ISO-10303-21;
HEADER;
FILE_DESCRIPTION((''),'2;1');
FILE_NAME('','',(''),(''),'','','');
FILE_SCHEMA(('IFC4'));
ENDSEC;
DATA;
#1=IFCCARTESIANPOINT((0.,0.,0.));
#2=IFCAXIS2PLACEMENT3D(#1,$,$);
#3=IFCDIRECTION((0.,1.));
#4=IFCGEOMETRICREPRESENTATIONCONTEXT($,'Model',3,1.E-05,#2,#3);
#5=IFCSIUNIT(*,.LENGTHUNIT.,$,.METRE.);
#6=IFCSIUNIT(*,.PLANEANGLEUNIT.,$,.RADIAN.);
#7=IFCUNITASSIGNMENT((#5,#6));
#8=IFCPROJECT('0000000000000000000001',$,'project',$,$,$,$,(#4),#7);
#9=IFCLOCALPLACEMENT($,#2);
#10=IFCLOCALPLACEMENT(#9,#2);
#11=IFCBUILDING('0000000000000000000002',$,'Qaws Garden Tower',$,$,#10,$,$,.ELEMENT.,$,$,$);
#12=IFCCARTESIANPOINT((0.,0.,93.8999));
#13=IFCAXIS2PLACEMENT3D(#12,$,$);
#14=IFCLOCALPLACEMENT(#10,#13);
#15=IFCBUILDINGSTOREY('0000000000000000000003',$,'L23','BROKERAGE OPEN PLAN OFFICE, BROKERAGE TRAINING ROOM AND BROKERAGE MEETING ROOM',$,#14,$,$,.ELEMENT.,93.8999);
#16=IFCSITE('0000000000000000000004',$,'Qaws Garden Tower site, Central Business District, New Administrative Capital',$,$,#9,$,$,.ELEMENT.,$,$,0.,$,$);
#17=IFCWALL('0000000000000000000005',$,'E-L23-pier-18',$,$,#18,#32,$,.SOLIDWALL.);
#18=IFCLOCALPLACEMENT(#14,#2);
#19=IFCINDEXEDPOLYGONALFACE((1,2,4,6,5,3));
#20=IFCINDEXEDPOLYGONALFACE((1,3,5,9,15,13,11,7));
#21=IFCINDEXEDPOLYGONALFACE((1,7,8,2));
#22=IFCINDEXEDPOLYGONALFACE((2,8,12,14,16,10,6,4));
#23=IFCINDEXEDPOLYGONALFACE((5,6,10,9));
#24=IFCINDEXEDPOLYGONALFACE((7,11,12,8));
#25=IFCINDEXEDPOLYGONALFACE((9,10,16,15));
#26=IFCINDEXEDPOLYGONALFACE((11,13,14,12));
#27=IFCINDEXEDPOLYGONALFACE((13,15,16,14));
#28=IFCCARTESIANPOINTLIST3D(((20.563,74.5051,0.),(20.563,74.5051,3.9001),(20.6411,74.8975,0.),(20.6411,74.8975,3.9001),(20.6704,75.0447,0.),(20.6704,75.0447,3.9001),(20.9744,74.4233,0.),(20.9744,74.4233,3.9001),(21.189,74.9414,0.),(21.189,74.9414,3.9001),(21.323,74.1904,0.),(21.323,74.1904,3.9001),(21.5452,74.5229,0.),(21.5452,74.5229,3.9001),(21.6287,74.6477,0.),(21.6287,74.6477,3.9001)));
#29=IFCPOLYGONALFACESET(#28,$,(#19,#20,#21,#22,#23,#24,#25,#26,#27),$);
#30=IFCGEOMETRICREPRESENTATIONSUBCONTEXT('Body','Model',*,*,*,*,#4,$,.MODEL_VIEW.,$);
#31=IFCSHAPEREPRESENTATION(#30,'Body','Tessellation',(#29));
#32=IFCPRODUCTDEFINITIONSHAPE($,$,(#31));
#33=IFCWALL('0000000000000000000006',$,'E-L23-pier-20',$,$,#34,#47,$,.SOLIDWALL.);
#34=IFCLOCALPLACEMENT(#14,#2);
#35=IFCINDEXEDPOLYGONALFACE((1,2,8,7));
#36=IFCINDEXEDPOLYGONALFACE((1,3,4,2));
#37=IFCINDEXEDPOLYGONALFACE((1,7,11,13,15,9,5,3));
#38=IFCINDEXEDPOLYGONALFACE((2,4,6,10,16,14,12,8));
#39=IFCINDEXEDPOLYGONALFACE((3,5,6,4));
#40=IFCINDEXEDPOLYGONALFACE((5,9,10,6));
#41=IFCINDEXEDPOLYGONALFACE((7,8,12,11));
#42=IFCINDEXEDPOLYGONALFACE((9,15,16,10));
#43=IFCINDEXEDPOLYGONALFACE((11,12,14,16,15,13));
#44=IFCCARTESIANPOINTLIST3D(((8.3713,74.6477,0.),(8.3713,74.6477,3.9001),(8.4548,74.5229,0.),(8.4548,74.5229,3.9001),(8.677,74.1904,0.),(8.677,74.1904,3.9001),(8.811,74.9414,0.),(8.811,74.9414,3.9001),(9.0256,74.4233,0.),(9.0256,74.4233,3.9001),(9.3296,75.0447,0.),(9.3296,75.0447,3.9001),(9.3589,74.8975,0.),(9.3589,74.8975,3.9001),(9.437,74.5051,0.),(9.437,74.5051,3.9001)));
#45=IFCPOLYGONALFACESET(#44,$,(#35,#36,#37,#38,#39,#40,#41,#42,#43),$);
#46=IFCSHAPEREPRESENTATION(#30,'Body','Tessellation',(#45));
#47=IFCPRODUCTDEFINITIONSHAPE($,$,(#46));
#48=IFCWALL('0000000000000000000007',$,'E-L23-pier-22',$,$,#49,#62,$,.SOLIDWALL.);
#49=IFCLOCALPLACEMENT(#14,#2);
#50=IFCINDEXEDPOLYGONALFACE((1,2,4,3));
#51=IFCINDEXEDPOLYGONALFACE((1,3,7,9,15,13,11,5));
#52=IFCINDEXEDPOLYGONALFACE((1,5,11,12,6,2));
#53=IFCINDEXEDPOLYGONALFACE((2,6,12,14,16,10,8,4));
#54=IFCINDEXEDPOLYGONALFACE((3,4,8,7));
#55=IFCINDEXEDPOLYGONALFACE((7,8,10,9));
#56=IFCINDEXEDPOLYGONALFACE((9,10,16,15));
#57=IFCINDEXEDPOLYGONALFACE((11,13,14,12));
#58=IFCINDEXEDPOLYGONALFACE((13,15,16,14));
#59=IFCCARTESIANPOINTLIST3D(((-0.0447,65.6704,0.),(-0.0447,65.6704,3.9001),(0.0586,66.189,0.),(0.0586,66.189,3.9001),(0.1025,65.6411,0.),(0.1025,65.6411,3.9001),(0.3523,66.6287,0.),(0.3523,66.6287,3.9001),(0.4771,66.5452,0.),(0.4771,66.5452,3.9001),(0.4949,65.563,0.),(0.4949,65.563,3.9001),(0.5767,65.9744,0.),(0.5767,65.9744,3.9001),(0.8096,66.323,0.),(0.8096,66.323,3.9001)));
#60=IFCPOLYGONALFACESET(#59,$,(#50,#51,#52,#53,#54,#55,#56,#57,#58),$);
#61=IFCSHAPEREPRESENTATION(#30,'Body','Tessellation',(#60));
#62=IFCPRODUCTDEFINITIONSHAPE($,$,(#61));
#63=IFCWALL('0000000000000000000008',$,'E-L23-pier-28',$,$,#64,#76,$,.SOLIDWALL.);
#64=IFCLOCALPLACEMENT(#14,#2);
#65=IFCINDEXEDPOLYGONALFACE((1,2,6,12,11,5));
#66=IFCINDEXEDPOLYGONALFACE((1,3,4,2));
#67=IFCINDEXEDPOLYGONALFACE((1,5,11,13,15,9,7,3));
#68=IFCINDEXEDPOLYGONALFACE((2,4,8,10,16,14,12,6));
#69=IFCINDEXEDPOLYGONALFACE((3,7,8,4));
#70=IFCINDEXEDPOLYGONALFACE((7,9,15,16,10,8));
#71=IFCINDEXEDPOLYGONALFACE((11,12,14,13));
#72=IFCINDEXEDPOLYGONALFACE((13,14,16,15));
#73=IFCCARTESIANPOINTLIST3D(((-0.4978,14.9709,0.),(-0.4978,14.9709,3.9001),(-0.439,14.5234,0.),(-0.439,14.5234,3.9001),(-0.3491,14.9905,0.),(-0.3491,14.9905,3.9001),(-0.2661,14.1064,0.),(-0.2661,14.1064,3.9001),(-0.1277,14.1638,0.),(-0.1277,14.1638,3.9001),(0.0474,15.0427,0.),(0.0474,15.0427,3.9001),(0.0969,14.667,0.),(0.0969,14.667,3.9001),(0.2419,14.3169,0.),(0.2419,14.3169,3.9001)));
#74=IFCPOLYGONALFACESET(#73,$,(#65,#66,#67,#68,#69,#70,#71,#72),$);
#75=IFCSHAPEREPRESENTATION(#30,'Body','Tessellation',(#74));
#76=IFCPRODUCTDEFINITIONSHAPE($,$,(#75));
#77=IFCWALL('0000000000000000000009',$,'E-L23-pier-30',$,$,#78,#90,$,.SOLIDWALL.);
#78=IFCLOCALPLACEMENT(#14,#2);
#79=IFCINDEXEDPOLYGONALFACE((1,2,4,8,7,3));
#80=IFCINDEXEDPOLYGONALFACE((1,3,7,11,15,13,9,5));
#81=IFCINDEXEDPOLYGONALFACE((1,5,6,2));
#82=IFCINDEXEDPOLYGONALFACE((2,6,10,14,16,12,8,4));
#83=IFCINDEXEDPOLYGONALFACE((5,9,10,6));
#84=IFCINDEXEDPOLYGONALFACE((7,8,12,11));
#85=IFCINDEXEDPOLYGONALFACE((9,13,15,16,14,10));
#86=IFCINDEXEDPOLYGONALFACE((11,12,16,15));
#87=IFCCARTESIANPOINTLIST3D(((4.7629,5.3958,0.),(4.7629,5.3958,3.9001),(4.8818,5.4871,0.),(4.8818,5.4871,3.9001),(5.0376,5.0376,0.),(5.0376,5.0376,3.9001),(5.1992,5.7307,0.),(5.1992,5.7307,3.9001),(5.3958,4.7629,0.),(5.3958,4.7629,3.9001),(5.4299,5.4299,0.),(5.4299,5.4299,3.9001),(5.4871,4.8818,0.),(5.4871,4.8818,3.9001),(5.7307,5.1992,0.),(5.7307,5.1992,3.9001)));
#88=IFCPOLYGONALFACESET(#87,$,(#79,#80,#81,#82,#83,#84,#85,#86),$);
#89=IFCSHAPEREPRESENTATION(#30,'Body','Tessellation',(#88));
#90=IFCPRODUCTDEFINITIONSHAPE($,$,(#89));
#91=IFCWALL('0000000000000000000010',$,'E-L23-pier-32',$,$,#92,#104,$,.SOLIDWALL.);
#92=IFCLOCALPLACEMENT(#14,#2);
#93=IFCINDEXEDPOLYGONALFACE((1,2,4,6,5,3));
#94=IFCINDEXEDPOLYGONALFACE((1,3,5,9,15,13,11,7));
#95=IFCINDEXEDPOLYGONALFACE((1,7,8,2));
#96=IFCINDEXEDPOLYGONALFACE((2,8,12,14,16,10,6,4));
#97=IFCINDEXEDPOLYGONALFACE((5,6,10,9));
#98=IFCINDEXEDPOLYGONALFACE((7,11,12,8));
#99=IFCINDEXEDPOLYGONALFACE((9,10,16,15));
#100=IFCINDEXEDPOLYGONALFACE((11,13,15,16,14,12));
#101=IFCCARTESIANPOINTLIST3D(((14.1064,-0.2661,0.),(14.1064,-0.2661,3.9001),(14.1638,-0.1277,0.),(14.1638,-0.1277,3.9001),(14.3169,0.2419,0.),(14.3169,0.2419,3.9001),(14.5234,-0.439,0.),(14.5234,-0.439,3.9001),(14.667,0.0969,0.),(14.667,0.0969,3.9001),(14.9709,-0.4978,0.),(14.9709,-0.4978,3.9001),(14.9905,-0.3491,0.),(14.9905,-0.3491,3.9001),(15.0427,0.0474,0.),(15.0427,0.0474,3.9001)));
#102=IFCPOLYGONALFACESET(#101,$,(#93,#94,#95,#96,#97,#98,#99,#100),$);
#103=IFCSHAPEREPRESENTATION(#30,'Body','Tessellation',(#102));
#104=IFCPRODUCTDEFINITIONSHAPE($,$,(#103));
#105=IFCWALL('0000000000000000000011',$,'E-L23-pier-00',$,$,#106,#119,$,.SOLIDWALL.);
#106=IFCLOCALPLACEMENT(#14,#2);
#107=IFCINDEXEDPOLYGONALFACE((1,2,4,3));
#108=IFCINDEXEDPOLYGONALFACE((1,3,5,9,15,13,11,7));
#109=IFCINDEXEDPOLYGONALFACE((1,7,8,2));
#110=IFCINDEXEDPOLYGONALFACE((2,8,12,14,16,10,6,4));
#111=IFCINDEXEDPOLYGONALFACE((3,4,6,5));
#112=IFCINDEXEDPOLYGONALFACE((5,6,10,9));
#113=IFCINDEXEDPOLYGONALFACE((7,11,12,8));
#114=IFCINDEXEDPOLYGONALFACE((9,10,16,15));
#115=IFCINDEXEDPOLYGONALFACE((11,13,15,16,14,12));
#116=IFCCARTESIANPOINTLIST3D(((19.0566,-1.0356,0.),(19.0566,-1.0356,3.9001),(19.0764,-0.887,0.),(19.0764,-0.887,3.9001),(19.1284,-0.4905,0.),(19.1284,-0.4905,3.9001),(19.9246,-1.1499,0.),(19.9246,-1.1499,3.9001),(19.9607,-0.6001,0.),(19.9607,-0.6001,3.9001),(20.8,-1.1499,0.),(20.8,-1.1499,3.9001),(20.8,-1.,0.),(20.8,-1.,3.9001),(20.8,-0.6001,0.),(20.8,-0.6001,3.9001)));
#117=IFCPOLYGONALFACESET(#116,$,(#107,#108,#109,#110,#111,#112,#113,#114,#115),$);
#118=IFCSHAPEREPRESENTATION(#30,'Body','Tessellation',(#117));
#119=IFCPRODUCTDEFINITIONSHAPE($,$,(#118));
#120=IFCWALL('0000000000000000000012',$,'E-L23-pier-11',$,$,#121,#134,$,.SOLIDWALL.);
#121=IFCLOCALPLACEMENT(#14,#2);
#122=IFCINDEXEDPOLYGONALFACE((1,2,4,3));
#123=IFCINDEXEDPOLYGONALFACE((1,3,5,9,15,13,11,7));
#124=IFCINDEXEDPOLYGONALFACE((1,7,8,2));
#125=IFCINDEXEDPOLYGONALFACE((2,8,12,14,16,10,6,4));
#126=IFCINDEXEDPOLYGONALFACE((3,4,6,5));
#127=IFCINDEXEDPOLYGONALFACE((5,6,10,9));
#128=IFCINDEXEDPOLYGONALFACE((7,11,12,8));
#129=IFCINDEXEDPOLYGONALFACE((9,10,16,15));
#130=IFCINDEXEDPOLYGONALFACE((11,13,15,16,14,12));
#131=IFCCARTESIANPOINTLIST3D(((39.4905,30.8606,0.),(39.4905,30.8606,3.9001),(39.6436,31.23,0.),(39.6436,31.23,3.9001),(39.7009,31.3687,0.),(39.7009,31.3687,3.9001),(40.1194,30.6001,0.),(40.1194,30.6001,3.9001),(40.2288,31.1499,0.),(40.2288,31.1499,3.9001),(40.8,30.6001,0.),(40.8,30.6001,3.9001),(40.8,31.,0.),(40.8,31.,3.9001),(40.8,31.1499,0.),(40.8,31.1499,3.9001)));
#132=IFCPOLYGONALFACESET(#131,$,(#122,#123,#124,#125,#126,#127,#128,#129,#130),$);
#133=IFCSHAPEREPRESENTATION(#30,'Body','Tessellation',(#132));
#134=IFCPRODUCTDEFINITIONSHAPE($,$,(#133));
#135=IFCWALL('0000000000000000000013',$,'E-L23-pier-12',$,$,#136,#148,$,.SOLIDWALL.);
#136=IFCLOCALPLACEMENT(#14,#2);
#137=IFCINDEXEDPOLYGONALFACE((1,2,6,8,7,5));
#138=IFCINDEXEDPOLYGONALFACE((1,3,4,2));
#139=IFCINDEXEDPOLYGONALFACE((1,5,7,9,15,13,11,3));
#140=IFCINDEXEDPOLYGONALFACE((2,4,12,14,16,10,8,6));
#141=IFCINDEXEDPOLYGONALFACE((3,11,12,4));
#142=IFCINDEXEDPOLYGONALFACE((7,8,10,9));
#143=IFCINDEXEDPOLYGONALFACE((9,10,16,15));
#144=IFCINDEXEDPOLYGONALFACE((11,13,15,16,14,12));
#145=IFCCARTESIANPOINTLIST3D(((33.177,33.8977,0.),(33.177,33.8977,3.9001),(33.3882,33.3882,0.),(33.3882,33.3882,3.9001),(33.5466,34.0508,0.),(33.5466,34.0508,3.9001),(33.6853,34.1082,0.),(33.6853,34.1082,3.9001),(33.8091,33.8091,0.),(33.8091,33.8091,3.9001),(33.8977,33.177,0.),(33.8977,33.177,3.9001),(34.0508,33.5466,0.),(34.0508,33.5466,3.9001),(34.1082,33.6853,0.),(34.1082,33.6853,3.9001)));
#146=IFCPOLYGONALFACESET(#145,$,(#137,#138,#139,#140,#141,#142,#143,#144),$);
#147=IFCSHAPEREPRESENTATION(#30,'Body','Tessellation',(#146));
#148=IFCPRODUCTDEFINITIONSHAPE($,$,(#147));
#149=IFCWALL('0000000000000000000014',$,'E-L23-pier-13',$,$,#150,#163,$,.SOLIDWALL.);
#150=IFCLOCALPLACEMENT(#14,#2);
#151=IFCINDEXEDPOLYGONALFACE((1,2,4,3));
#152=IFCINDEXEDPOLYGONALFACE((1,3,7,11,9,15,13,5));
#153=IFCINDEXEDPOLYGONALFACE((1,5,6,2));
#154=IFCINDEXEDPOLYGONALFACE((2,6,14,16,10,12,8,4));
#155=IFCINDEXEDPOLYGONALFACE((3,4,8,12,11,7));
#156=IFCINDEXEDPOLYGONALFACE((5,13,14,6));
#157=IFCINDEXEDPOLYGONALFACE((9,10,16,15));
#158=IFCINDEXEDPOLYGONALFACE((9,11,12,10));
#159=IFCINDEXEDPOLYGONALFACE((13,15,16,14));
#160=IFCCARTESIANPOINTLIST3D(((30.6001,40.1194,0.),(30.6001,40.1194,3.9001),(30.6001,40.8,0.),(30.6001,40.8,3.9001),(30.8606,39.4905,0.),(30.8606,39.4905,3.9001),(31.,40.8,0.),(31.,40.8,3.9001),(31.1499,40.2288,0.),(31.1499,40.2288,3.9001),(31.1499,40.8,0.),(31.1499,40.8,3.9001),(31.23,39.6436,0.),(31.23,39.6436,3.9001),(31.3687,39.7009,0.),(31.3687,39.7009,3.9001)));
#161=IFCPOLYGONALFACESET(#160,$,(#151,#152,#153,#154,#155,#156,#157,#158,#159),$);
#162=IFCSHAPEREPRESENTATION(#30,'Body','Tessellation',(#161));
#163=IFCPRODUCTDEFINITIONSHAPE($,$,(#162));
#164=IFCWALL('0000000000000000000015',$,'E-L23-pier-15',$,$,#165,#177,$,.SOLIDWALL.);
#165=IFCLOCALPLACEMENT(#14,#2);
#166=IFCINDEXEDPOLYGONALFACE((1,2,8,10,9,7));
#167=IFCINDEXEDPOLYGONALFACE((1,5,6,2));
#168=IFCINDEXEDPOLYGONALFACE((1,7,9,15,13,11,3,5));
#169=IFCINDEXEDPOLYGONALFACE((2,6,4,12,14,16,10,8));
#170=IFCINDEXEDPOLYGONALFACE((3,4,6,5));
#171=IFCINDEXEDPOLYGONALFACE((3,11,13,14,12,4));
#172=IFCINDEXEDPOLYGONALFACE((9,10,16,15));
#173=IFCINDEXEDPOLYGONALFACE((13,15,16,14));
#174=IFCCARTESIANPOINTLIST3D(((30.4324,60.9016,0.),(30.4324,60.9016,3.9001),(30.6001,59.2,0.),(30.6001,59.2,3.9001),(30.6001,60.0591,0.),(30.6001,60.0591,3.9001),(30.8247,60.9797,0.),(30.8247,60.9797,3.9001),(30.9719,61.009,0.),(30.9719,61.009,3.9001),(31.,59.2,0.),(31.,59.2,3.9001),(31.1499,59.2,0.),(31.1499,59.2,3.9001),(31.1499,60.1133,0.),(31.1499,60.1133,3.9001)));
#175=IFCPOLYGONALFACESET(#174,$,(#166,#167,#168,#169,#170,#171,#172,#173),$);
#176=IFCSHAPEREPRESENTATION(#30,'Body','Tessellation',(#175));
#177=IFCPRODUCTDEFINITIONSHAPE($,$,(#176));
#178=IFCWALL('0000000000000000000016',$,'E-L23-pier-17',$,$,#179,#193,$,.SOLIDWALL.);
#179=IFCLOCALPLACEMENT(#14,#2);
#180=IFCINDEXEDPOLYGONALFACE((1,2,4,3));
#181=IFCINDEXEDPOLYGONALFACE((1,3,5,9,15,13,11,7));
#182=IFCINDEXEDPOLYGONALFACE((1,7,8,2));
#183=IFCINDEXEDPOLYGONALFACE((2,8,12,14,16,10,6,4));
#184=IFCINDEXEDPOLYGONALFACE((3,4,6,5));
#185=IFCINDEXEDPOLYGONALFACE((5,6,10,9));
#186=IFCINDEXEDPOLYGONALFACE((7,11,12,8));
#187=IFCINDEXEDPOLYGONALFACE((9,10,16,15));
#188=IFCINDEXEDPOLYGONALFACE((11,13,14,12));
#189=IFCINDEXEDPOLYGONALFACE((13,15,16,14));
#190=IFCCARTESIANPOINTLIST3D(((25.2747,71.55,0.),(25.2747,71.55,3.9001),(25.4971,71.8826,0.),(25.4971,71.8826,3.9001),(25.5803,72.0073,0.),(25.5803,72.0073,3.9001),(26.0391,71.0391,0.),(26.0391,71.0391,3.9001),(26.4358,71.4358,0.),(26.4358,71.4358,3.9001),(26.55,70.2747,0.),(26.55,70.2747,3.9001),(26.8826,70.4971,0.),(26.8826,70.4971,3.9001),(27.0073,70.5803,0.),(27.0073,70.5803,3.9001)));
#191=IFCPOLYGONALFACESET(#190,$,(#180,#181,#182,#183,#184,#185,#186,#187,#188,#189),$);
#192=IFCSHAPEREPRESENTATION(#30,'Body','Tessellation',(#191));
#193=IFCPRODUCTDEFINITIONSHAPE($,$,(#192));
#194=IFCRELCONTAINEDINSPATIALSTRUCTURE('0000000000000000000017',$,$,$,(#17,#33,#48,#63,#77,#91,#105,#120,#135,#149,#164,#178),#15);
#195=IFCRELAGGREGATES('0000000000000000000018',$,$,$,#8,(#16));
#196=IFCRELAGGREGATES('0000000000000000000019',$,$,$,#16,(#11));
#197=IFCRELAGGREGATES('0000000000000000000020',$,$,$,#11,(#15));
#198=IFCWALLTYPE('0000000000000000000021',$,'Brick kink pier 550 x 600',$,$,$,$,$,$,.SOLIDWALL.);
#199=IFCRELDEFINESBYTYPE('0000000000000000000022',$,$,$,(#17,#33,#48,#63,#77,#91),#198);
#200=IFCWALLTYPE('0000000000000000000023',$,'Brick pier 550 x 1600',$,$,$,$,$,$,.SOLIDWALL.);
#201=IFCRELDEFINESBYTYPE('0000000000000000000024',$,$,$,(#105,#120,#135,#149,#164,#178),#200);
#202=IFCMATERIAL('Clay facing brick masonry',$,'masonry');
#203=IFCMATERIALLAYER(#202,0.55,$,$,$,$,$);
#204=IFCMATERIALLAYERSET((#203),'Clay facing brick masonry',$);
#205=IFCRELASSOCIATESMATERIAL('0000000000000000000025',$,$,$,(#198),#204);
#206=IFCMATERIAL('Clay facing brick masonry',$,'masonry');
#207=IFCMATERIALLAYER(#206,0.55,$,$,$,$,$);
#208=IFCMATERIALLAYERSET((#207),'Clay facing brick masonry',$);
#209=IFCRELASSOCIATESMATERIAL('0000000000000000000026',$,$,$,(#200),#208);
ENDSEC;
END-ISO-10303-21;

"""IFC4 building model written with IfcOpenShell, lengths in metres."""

from ifc_helpers import new_model, si_unit, direction, frame, origin, place, context, subcontext, project, spatial, polyline, outline, extrude, material, layer, layer_set, type_object, element, save


model = new_model("IFC4")

# Units and contexts
model_context = context("Model", 3, precision=1e-05, world=origin(), true_north=direction((0.0, 1.0)))
body_context = subcontext(model_context, "Body", "Model", "MODEL_VIEW")
ifc_project = project(units=[si_unit("LENGTHUNIT", "METRE"), si_unit("PLANEANGLEUNIT", "RADIAN")], contexts=[model_context])

# Site, building, storey
site_placement = place(None, origin())
site = spatial("IfcSite", under=ifc_project, at=site_placement, Name="Qaws Garden Tower site, Central Business District, New Administrative Capital", CompositionType="ELEMENT", RefElevation=0.0)
building_placement = place(site_placement, origin())
building = spatial("IfcBuilding", under=site, at=building_placement, Name="Qaws Garden Tower", CompositionType="ELEMENT")
storey_placement = place(building_placement, frame((0.0, 0.0, 93.8999)))
storey = spatial("IfcBuildingStorey", under=building, at=storey_placement, Name="L23", Description="BROKERAGE OPEN PLAN OFFICE, BROKERAGE TRAINING ROOM AND BROKERAGE MEETING ROOM", CompositionType="ELEMENT", Elevation=93.8999)

# Walls
placement = place(storey_placement, origin())
ifc_material_1 = material(Name="Clay facing brick masonry", Category="masonry")
ifc_layer_1 = layer(ifc_material_1, 0.55)
ifc_layer_set_1 = layer_set([ifc_layer_1], Name="Clay facing brick masonry")
wall_type_1 = type_object("IfcWallType", Name="Brick kink pier 550 x 600", PredefinedType="SOLIDWALL", material=ifc_layer_set_1)
element("IfcWall", 1, at=placement, inside=storey, type_object=wall_type_1, Name="E-L23-pier-18", PredefinedType="SOLIDWALL", context=body_context, shape_type="SweptSolid", body=[
    extrude(outline(polyline([(21.5452, 74.5229), (21.6287, 74.6477), (21.189, 74.9414), (20.6704, 75.0447), (20.6411, 74.8975), (20.563, 74.5051), (20.9744, 74.4233), (21.323, 74.1904), (21.5452, 74.5229)])), origin(), (0.0, 0.0, 1.0), 3.9001),
])
element("IfcWall", 2, at=placement, inside=storey, type_object=wall_type_1, Name="E-L23-pier-20", PredefinedType="SOLIDWALL", context=body_context, shape_type="SweptSolid", body=[
    extrude(outline(polyline([(9.3589, 74.8975), (9.3296, 75.0447), (8.811, 74.9414), (8.3713, 74.6477), (8.4548, 74.5229), (8.677, 74.1904), (9.0256, 74.4233), (9.437, 74.5051), (9.3589, 74.8975)])), origin(), (0.0, 0.0, 1.0), 3.9001),
])
element("IfcWall", 3, at=placement, inside=storey, type_object=wall_type_1, Name="E-L23-pier-22", PredefinedType="SOLIDWALL", context=body_context, shape_type="SweptSolid", body=[
    extrude(outline(polyline([(0.4771, 66.5452), (0.3523, 66.6287), (0.0586, 66.189), (-0.0447, 65.6704), (0.1025, 65.6411), (0.4949, 65.563), (0.5767, 65.9744), (0.8096, 66.323), (0.4771, 66.5452)])), origin(), (0.0, 0.0, 1.0), 3.9001),
])
element("IfcWall", 4, at=placement, inside=storey, type_object=wall_type_1, Name="E-L23-pier-28", PredefinedType="SOLIDWALL", context=body_context, shape_type="SweptSolid", body=[
    extrude(outline(polyline([(-0.3491, 14.9905), (-0.4978, 14.9709), (-0.439, 14.5234), (-0.2661, 14.1064), (-0.1277, 14.1638), (0.2419, 14.3169), (0.0969, 14.667), (0.0474, 15.0427), (-0.3491, 14.9905)])), origin(), (0.0, 0.0, 1.0), 3.9001),
])
element("IfcWall", 5, at=placement, inside=storey, type_object=wall_type_1, Name="E-L23-pier-30", PredefinedType="SOLIDWALL", context=body_context, shape_type="SweptSolid", body=[
    extrude(outline(polyline([(4.8818, 5.4871), (4.7629, 5.3958), (5.0376, 5.0376), (5.3958, 4.7629), (5.4871, 4.8818), (5.7307, 5.1992), (5.4299, 5.4299), (5.1992, 5.7307), (4.8818, 5.4871)])), origin(), (0.0, 0.0, 1.0), 3.9001),
])
element("IfcWall", 6, at=placement, inside=storey, type_object=wall_type_1, Name="E-L23-pier-32", PredefinedType="SOLIDWALL", context=body_context, shape_type="SweptSolid", body=[
    extrude(outline(polyline([(14.1638, -0.1277), (14.1064, -0.2661), (14.5234, -0.439), (14.9709, -0.4978), (14.9905, -0.3491), (15.0427, 0.0474), (14.667, 0.0969), (14.3169, 0.2419), (14.1638, -0.1277)])), origin(), (0.0, 0.0, 1.0), 3.9001),
])
ifc_material_2 = material(Name="Clay facing brick masonry", Category="masonry")
ifc_layer_2 = layer(ifc_material_2, 0.55)
ifc_layer_set_2 = layer_set([ifc_layer_2], Name="Clay facing brick masonry")
wall_type_2 = type_object("IfcWallType", Name="Brick pier 550 x 1600", PredefinedType="SOLIDWALL", material=ifc_layer_set_2)
element("IfcWall", 7, at=placement, inside=storey, type_object=wall_type_2, Name="E-L23-pier-00", PredefinedType="SOLIDWALL", context=body_context, shape_type="SweptSolid", body=[
    extrude(outline(polyline([(19.0764, -0.887), (19.0566, -1.0356), (19.9246, -1.1499), (20.8, -1.1499), (20.8, -1.0), (20.8, -0.6001), (19.9607, -0.6001), (19.1284, -0.4905), (19.0764, -0.887)])), origin(), (0.0, 0.0, 1.0), 3.9001),
])
element("IfcWall", 8, at=placement, inside=storey, type_object=wall_type_2, Name="E-L23-pier-11", PredefinedType="SOLIDWALL", context=body_context, shape_type="SweptSolid", body=[
    extrude(outline(polyline([(40.8, 31.0), (40.8, 31.1499), (40.2288, 31.1499), (39.7009, 31.3687), (39.6436, 31.23), (39.4905, 30.8606), (40.1194, 30.6001), (40.8, 30.6001), (40.8, 31.0)])), origin(), (0.0, 0.0, 1.0), 3.9001),
])
element("IfcWall", 9, at=placement, inside=storey, type_object=wall_type_2, Name="E-L23-pier-12", PredefinedType="SOLIDWALL", context=body_context, shape_type="SweptSolid", body=[
    extrude(outline(polyline([(34.0508, 33.5466), (34.1082, 33.6853), (33.8091, 33.8091), (33.6853, 34.1082), (33.5466, 34.0508), (33.177, 33.8977), (33.3882, 33.3882), (33.8977, 33.177), (34.0508, 33.5466)])), origin(), (0.0, 0.0, 1.0), 3.9001),
])
element("IfcWall", 10, at=placement, inside=storey, type_object=wall_type_2, Name="E-L23-pier-13", PredefinedType="SOLIDWALL", context=body_context, shape_type="SweptSolid", body=[
    extrude(outline(polyline([(31.23, 39.6436), (31.3687, 39.7009), (31.1499, 40.2288), (31.1499, 40.8), (31.0, 40.8), (30.6001, 40.8), (30.6001, 40.1194), (30.8606, 39.4905), (31.23, 39.6436)])), origin(), (0.0, 0.0, 1.0), 3.9001),
])
element("IfcWall", 11, at=placement, inside=storey, type_object=wall_type_2, Name="E-L23-pier-15", PredefinedType="SOLIDWALL", context=body_context, shape_type="SweptSolid", body=[
    extrude(outline(polyline([(31.0, 59.2), (31.1499, 59.2), (31.1499, 60.1133), (30.9719, 61.009), (30.8247, 60.9797), (30.4324, 60.9016), (30.6001, 60.0591), (30.6001, 59.2), (31.0, 59.2)])), origin(), (0.0, 0.0, 1.0), 3.9001),
])
element("IfcWall", 12, at=placement, inside=storey, type_object=wall_type_2, Name="E-L23-pier-17", PredefinedType="SOLIDWALL", context=body_context, shape_type="SweptSolid", body=[
    extrude(outline(polyline([(26.8826, 70.4971), (27.0073, 70.5803), (26.4358, 71.4358), (25.5803, 72.0073), (25.4971, 71.8826), (25.2747, 71.55), (26.0391, 71.0391), (26.55, 70.2747), (26.8826, 70.4971)])), origin(), (0.0, 0.0, 1.0), 3.9001),
])

save(model, "model.ifc")
